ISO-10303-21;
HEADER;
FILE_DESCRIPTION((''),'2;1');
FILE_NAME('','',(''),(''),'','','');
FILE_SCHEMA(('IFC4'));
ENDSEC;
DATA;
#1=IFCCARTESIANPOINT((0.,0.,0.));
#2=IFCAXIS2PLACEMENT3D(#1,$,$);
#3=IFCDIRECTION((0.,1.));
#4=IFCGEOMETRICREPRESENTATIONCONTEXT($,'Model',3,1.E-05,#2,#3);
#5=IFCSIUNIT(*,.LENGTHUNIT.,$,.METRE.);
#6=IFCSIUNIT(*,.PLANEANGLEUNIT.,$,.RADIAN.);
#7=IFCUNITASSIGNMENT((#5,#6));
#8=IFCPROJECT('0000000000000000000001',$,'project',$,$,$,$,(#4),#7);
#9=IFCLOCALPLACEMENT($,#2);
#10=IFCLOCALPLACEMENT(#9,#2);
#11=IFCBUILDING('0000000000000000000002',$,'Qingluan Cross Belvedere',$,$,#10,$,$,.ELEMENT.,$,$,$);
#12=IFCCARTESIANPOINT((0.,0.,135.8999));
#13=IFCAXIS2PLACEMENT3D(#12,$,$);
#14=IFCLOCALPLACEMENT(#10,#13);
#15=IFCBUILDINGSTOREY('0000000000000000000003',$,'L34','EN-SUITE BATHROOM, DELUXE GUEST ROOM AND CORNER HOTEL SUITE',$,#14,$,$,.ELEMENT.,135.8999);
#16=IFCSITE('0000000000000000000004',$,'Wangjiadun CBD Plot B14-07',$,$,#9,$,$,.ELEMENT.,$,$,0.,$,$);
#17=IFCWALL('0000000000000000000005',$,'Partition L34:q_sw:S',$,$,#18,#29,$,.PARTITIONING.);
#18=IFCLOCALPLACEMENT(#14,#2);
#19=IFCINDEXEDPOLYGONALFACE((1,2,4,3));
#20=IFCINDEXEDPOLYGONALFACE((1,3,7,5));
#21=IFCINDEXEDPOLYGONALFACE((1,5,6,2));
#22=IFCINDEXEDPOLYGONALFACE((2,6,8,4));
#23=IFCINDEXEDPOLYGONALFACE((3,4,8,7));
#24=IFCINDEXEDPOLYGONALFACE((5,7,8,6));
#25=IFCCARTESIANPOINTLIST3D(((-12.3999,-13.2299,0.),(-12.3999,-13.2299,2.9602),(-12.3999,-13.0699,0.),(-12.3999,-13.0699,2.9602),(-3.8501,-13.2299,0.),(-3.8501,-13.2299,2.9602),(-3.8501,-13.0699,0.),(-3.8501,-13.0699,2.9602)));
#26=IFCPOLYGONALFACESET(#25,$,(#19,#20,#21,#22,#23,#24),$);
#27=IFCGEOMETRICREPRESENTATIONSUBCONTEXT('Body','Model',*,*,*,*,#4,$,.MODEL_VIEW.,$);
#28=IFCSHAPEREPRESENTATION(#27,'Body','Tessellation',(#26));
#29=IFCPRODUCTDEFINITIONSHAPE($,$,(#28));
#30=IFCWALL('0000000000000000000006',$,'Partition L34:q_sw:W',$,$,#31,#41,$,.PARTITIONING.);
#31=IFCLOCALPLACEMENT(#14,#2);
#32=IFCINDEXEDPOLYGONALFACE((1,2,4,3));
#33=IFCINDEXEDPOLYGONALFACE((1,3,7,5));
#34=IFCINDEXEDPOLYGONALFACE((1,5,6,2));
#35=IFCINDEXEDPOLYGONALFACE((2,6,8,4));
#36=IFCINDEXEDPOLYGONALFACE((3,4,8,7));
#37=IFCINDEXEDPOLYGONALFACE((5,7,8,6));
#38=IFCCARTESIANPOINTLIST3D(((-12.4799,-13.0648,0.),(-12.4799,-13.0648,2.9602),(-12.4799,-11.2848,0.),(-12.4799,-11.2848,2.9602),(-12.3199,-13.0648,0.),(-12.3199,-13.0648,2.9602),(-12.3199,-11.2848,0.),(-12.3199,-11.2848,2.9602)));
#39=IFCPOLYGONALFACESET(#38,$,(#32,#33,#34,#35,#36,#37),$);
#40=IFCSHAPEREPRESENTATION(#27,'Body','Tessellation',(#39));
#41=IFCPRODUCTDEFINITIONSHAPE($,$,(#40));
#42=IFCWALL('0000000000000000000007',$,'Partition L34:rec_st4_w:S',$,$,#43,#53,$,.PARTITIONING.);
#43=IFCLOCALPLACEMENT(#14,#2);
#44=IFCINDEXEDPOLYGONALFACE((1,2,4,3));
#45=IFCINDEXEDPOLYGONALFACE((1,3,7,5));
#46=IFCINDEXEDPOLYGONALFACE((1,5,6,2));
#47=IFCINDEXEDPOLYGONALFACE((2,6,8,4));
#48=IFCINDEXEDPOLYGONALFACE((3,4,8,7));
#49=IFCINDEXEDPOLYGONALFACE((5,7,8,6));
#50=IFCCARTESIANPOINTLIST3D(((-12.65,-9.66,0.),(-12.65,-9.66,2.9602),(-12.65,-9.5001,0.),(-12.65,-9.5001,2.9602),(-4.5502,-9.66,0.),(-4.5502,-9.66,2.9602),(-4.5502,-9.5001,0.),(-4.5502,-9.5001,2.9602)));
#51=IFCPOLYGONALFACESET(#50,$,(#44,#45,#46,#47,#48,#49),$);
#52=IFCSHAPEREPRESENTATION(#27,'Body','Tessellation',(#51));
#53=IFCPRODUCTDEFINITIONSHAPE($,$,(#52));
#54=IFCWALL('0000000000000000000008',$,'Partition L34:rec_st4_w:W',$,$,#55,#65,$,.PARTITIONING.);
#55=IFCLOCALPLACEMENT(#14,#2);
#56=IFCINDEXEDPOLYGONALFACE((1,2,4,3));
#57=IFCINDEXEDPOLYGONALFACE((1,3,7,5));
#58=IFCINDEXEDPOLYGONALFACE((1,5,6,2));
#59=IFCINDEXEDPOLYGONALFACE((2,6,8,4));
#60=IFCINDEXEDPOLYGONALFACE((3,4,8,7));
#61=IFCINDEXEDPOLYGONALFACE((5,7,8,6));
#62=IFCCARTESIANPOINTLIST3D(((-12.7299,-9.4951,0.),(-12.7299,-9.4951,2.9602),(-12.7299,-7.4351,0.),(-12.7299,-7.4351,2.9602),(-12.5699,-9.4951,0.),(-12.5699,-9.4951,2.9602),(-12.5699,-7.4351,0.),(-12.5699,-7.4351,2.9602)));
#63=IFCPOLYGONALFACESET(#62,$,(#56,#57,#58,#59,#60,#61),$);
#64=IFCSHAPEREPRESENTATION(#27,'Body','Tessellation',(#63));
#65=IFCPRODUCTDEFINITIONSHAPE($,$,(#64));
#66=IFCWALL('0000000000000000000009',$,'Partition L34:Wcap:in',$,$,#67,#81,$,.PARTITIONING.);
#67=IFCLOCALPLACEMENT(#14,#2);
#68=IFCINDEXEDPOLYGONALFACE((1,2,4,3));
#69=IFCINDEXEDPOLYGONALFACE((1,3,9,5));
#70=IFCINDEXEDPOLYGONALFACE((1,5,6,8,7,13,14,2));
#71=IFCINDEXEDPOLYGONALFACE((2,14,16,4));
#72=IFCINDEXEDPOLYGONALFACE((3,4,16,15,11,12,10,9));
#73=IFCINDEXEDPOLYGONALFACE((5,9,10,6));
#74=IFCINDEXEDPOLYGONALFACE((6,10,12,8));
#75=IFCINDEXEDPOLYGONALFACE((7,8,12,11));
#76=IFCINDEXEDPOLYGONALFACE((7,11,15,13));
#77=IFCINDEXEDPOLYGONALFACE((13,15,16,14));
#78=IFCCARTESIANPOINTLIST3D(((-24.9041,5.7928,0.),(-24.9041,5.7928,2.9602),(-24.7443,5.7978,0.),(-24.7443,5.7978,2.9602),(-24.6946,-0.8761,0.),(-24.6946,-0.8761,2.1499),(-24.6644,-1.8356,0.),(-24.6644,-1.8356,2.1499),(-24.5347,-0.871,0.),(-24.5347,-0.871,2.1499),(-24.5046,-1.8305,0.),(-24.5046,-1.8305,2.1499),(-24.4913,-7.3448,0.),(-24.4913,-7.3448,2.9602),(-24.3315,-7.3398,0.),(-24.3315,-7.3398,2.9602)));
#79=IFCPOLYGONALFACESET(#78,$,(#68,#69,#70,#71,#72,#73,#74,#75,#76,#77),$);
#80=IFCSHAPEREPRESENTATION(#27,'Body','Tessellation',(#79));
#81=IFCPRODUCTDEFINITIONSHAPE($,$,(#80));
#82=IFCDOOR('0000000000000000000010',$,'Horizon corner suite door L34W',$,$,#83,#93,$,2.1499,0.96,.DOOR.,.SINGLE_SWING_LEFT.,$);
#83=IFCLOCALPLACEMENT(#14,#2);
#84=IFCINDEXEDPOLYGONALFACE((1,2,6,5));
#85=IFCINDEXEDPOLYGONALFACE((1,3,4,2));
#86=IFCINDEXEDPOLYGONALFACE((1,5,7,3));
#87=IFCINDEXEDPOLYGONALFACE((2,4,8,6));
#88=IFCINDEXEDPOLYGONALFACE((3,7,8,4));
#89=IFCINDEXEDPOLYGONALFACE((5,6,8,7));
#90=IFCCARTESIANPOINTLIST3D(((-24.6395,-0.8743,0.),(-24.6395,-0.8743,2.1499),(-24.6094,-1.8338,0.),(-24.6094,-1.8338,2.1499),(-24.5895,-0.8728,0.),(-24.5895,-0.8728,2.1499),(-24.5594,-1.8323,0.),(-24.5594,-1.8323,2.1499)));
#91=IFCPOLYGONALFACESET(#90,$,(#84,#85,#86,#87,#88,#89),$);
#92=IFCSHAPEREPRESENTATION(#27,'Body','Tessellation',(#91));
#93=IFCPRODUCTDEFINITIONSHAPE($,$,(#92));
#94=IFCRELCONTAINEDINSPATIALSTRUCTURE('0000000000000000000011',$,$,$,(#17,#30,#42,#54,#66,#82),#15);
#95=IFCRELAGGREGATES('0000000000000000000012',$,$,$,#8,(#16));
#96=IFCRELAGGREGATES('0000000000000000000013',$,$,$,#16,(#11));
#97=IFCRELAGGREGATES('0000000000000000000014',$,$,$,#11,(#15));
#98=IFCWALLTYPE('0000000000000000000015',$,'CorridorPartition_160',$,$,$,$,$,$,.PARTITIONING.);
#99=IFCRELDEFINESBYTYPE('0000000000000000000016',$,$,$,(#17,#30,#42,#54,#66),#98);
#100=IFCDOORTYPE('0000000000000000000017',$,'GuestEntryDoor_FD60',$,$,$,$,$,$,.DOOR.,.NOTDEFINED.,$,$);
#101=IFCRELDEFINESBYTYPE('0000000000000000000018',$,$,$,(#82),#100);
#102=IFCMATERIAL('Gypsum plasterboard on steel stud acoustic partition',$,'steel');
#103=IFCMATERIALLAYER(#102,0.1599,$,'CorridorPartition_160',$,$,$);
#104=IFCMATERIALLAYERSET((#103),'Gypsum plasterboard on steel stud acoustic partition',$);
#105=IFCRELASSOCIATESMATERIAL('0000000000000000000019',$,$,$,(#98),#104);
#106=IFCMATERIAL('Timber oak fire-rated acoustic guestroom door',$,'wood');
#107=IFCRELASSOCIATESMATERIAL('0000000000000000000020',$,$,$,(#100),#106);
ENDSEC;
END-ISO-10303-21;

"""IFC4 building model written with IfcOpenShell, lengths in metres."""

from ifc_helpers import new_model, si_unit, direction, frame, frame_2d, origin, place, context, subcontext, project, spatial, rectangle, extrude, material, layer, layer_set, type_object, element, fill, save


model = new_model("IFC4")

# Units and contexts
model_context = context("Model", 3, precision=1e-05, world=origin(), true_north=direction((0.0, 1.0)))
body_context = subcontext(model_context, "Body", "Model", "MODEL_VIEW")
ifc_project = project(units=[si_unit("LENGTHUNIT", "METRE"), si_unit("PLANEANGLEUNIT", "RADIAN")], contexts=[model_context])

# Site, building, storey
site_placement = place(None, origin())
site = spatial("IfcSite", under=ifc_project, at=site_placement, Name="Wangjiadun CBD Plot B14-07", CompositionType="ELEMENT", RefElevation=0.0)
building_placement = place(site_placement, origin())
building = spatial("IfcBuilding", under=site, at=building_placement, Name="Qingluan Cross Belvedere", CompositionType="ELEMENT")
storey_placement = place(building_placement, frame((0.0, 0.0, 135.8999)))
storey = spatial("IfcBuildingStorey", under=building, at=storey_placement, Name="L34", Description="EN-SUITE BATHROOM, DELUXE GUEST ROOM AND CORNER HOTEL SUITE", CompositionType="ELEMENT", Elevation=135.8999)

# Walls
ifc_material_1 = material(Name="Gypsum plasterboard on steel stud acoustic partition", Category="steel")
ifc_layer_1 = layer(ifc_material_1, 0.1599, Name="CorridorPartition_160")
ifc_layer_set_1 = layer_set([ifc_layer_1], Name="Gypsum plasterboard on steel stud acoustic partition")
wall_type_1 = type_object("IfcWallType", Name="CorridorPartition_160", PredefinedType="PARTITIONING", material=ifc_layer_set_1)
wall_1_placement = place(storey_placement, frame((-12.3999, -13.1499, 0.0), z_axis=(0.0, 0.0, 1.0), x_axis=(1.0, 0.0, 0.0)))
element("IfcWall", 1, at=wall_1_placement, inside=storey, type_object=wall_type_1, Name="Partition L34:q_sw:S", PredefinedType="PARTITIONING", context=body_context, shape_type="SweptSolid", body=[
    extrude(rectangle(XDim=8.5498, YDim=0.1599, at=frame_2d((4.2749, 0.0))), origin(), (0.0, 0.0, 1.0), 2.9602),
])
wall_2_placement = place(storey_placement, frame((-12.3999, -13.0649, 0.0), z_axis=(0.0, 0.0, 1.0), x_axis=(0.0, 1.0, 0.0)))
element("IfcWall", 2, at=wall_2_placement, inside=storey, type_object=wall_type_1, Name="Partition L34:q_sw:W", PredefinedType="PARTITIONING", context=body_context, shape_type="SweptSolid", body=[
    extrude(rectangle(XDim=1.78, YDim=0.1599, at=frame_2d((0.8901, 0.0))), origin(), (0.0, 0.0, 1.0), 2.9602),
])
wall_3_placement = place(storey_placement, frame((-12.6499, -9.5801, 0.0), z_axis=(0.0, 0.0, 1.0), x_axis=(1.0, 0.0, 0.0)))
element("IfcWall", 3, at=wall_3_placement, inside=storey, type_object=wall_type_1, Name="Partition L34:rec_st4_w:S", PredefinedType="PARTITIONING", context=body_context, shape_type="SweptSolid", body=[
    extrude(rectangle(XDim=8.0999, YDim=0.1599, at=frame_2d((4.0498, 0.0))), origin(), (0.0, 0.0, 1.0), 2.9602),
])
wall_4_placement = place(storey_placement, frame((-12.6499, -9.4951, 0.0), z_axis=(0.0, 0.0, 1.0), x_axis=(0.0, 1.0, 0.0)))
element("IfcWall", 4, at=wall_4_placement, inside=storey, type_object=wall_type_1, Name="Partition L34:rec_st4_w:W", PredefinedType="PARTITIONING", context=body_context, shape_type="SweptSolid", body=[
    extrude(rectangle(XDim=2.0601, YDim=0.1599, at=frame_2d((1.03, 0.0))), origin(), (0.0, 0.0, 1.0), 2.9602),
])

# Wall, opening, door
wall_5_placement = place(storey_placement, frame((-24.4114, -7.3423, 0.0), z_axis=(0.0, 0.0, 1.0), x_axis=(-0.031409, 0.999507, 0.0)))
wall_5 = element("IfcWall", 5, at=wall_5_placement, inside=storey, type_object=wall_type_1, Name="Partition L34:Wcap:in", PredefinedType="PARTITIONING", context=body_context, shape_type="SweptSolid", body=[
    extrude(rectangle(XDim=13.144, YDim=0.1599, at=frame_2d((6.572, 0.0))), origin(), (0.0, 0.0, 1.0), 2.9602),
])
opening_1_placement = place(wall_5_placement, frame((5.512, 0.0, 0.0)))
opening_1 = element("IfcOpeningElement", 6, at=opening_1_placement, cuts=wall_5, PredefinedType="OPENING", context=body_context, shape_type="SweptSolid", body=[
    extrude(rectangle(XDim=0.96, YDim=2.1499, at=frame_2d((0.48, 1.075))), frame((0.0, 0.0898, 0.0), z_axis=(0.0, -1.0, 0.0), x_axis=(1.0, 0.0, 0.0)), (0.0, 0.0, 1.0), 0.1799),
])
ifc_material_2 = material(Name="Timber oak fire-rated acoustic guestroom door", Category="wood")
door_type = type_object("IfcDoorType", Name="GuestEntryDoor_FD60", OperationType="NOTDEFINED", PredefinedType="DOOR", material=ifc_material_2)
door_placement = place(opening_1_placement, origin())
door = element("IfcDoor", 7, at=door_placement, inside=storey, type_object=door_type, Name="Horizon corner suite door L34W", OperationType="SINGLE_SWING_LEFT", OverallHeight=2.1499, OverallWidth=0.96, PredefinedType="DOOR", context=body_context, shape_type="SweptSolid", body=[
    extrude(rectangle(XDim=0.96, YDim=2.1499, at=frame_2d((0.48, 1.075))), frame((0.0, 0.0249, 0.0), z_axis=(0.0, -1.0, 0.0), x_axis=(1.0, 0.0, 0.0)), (0.0, 0.0, 1.0), 0.05),
])
fill(opening_1, door)

save(model, "model.ifc")
